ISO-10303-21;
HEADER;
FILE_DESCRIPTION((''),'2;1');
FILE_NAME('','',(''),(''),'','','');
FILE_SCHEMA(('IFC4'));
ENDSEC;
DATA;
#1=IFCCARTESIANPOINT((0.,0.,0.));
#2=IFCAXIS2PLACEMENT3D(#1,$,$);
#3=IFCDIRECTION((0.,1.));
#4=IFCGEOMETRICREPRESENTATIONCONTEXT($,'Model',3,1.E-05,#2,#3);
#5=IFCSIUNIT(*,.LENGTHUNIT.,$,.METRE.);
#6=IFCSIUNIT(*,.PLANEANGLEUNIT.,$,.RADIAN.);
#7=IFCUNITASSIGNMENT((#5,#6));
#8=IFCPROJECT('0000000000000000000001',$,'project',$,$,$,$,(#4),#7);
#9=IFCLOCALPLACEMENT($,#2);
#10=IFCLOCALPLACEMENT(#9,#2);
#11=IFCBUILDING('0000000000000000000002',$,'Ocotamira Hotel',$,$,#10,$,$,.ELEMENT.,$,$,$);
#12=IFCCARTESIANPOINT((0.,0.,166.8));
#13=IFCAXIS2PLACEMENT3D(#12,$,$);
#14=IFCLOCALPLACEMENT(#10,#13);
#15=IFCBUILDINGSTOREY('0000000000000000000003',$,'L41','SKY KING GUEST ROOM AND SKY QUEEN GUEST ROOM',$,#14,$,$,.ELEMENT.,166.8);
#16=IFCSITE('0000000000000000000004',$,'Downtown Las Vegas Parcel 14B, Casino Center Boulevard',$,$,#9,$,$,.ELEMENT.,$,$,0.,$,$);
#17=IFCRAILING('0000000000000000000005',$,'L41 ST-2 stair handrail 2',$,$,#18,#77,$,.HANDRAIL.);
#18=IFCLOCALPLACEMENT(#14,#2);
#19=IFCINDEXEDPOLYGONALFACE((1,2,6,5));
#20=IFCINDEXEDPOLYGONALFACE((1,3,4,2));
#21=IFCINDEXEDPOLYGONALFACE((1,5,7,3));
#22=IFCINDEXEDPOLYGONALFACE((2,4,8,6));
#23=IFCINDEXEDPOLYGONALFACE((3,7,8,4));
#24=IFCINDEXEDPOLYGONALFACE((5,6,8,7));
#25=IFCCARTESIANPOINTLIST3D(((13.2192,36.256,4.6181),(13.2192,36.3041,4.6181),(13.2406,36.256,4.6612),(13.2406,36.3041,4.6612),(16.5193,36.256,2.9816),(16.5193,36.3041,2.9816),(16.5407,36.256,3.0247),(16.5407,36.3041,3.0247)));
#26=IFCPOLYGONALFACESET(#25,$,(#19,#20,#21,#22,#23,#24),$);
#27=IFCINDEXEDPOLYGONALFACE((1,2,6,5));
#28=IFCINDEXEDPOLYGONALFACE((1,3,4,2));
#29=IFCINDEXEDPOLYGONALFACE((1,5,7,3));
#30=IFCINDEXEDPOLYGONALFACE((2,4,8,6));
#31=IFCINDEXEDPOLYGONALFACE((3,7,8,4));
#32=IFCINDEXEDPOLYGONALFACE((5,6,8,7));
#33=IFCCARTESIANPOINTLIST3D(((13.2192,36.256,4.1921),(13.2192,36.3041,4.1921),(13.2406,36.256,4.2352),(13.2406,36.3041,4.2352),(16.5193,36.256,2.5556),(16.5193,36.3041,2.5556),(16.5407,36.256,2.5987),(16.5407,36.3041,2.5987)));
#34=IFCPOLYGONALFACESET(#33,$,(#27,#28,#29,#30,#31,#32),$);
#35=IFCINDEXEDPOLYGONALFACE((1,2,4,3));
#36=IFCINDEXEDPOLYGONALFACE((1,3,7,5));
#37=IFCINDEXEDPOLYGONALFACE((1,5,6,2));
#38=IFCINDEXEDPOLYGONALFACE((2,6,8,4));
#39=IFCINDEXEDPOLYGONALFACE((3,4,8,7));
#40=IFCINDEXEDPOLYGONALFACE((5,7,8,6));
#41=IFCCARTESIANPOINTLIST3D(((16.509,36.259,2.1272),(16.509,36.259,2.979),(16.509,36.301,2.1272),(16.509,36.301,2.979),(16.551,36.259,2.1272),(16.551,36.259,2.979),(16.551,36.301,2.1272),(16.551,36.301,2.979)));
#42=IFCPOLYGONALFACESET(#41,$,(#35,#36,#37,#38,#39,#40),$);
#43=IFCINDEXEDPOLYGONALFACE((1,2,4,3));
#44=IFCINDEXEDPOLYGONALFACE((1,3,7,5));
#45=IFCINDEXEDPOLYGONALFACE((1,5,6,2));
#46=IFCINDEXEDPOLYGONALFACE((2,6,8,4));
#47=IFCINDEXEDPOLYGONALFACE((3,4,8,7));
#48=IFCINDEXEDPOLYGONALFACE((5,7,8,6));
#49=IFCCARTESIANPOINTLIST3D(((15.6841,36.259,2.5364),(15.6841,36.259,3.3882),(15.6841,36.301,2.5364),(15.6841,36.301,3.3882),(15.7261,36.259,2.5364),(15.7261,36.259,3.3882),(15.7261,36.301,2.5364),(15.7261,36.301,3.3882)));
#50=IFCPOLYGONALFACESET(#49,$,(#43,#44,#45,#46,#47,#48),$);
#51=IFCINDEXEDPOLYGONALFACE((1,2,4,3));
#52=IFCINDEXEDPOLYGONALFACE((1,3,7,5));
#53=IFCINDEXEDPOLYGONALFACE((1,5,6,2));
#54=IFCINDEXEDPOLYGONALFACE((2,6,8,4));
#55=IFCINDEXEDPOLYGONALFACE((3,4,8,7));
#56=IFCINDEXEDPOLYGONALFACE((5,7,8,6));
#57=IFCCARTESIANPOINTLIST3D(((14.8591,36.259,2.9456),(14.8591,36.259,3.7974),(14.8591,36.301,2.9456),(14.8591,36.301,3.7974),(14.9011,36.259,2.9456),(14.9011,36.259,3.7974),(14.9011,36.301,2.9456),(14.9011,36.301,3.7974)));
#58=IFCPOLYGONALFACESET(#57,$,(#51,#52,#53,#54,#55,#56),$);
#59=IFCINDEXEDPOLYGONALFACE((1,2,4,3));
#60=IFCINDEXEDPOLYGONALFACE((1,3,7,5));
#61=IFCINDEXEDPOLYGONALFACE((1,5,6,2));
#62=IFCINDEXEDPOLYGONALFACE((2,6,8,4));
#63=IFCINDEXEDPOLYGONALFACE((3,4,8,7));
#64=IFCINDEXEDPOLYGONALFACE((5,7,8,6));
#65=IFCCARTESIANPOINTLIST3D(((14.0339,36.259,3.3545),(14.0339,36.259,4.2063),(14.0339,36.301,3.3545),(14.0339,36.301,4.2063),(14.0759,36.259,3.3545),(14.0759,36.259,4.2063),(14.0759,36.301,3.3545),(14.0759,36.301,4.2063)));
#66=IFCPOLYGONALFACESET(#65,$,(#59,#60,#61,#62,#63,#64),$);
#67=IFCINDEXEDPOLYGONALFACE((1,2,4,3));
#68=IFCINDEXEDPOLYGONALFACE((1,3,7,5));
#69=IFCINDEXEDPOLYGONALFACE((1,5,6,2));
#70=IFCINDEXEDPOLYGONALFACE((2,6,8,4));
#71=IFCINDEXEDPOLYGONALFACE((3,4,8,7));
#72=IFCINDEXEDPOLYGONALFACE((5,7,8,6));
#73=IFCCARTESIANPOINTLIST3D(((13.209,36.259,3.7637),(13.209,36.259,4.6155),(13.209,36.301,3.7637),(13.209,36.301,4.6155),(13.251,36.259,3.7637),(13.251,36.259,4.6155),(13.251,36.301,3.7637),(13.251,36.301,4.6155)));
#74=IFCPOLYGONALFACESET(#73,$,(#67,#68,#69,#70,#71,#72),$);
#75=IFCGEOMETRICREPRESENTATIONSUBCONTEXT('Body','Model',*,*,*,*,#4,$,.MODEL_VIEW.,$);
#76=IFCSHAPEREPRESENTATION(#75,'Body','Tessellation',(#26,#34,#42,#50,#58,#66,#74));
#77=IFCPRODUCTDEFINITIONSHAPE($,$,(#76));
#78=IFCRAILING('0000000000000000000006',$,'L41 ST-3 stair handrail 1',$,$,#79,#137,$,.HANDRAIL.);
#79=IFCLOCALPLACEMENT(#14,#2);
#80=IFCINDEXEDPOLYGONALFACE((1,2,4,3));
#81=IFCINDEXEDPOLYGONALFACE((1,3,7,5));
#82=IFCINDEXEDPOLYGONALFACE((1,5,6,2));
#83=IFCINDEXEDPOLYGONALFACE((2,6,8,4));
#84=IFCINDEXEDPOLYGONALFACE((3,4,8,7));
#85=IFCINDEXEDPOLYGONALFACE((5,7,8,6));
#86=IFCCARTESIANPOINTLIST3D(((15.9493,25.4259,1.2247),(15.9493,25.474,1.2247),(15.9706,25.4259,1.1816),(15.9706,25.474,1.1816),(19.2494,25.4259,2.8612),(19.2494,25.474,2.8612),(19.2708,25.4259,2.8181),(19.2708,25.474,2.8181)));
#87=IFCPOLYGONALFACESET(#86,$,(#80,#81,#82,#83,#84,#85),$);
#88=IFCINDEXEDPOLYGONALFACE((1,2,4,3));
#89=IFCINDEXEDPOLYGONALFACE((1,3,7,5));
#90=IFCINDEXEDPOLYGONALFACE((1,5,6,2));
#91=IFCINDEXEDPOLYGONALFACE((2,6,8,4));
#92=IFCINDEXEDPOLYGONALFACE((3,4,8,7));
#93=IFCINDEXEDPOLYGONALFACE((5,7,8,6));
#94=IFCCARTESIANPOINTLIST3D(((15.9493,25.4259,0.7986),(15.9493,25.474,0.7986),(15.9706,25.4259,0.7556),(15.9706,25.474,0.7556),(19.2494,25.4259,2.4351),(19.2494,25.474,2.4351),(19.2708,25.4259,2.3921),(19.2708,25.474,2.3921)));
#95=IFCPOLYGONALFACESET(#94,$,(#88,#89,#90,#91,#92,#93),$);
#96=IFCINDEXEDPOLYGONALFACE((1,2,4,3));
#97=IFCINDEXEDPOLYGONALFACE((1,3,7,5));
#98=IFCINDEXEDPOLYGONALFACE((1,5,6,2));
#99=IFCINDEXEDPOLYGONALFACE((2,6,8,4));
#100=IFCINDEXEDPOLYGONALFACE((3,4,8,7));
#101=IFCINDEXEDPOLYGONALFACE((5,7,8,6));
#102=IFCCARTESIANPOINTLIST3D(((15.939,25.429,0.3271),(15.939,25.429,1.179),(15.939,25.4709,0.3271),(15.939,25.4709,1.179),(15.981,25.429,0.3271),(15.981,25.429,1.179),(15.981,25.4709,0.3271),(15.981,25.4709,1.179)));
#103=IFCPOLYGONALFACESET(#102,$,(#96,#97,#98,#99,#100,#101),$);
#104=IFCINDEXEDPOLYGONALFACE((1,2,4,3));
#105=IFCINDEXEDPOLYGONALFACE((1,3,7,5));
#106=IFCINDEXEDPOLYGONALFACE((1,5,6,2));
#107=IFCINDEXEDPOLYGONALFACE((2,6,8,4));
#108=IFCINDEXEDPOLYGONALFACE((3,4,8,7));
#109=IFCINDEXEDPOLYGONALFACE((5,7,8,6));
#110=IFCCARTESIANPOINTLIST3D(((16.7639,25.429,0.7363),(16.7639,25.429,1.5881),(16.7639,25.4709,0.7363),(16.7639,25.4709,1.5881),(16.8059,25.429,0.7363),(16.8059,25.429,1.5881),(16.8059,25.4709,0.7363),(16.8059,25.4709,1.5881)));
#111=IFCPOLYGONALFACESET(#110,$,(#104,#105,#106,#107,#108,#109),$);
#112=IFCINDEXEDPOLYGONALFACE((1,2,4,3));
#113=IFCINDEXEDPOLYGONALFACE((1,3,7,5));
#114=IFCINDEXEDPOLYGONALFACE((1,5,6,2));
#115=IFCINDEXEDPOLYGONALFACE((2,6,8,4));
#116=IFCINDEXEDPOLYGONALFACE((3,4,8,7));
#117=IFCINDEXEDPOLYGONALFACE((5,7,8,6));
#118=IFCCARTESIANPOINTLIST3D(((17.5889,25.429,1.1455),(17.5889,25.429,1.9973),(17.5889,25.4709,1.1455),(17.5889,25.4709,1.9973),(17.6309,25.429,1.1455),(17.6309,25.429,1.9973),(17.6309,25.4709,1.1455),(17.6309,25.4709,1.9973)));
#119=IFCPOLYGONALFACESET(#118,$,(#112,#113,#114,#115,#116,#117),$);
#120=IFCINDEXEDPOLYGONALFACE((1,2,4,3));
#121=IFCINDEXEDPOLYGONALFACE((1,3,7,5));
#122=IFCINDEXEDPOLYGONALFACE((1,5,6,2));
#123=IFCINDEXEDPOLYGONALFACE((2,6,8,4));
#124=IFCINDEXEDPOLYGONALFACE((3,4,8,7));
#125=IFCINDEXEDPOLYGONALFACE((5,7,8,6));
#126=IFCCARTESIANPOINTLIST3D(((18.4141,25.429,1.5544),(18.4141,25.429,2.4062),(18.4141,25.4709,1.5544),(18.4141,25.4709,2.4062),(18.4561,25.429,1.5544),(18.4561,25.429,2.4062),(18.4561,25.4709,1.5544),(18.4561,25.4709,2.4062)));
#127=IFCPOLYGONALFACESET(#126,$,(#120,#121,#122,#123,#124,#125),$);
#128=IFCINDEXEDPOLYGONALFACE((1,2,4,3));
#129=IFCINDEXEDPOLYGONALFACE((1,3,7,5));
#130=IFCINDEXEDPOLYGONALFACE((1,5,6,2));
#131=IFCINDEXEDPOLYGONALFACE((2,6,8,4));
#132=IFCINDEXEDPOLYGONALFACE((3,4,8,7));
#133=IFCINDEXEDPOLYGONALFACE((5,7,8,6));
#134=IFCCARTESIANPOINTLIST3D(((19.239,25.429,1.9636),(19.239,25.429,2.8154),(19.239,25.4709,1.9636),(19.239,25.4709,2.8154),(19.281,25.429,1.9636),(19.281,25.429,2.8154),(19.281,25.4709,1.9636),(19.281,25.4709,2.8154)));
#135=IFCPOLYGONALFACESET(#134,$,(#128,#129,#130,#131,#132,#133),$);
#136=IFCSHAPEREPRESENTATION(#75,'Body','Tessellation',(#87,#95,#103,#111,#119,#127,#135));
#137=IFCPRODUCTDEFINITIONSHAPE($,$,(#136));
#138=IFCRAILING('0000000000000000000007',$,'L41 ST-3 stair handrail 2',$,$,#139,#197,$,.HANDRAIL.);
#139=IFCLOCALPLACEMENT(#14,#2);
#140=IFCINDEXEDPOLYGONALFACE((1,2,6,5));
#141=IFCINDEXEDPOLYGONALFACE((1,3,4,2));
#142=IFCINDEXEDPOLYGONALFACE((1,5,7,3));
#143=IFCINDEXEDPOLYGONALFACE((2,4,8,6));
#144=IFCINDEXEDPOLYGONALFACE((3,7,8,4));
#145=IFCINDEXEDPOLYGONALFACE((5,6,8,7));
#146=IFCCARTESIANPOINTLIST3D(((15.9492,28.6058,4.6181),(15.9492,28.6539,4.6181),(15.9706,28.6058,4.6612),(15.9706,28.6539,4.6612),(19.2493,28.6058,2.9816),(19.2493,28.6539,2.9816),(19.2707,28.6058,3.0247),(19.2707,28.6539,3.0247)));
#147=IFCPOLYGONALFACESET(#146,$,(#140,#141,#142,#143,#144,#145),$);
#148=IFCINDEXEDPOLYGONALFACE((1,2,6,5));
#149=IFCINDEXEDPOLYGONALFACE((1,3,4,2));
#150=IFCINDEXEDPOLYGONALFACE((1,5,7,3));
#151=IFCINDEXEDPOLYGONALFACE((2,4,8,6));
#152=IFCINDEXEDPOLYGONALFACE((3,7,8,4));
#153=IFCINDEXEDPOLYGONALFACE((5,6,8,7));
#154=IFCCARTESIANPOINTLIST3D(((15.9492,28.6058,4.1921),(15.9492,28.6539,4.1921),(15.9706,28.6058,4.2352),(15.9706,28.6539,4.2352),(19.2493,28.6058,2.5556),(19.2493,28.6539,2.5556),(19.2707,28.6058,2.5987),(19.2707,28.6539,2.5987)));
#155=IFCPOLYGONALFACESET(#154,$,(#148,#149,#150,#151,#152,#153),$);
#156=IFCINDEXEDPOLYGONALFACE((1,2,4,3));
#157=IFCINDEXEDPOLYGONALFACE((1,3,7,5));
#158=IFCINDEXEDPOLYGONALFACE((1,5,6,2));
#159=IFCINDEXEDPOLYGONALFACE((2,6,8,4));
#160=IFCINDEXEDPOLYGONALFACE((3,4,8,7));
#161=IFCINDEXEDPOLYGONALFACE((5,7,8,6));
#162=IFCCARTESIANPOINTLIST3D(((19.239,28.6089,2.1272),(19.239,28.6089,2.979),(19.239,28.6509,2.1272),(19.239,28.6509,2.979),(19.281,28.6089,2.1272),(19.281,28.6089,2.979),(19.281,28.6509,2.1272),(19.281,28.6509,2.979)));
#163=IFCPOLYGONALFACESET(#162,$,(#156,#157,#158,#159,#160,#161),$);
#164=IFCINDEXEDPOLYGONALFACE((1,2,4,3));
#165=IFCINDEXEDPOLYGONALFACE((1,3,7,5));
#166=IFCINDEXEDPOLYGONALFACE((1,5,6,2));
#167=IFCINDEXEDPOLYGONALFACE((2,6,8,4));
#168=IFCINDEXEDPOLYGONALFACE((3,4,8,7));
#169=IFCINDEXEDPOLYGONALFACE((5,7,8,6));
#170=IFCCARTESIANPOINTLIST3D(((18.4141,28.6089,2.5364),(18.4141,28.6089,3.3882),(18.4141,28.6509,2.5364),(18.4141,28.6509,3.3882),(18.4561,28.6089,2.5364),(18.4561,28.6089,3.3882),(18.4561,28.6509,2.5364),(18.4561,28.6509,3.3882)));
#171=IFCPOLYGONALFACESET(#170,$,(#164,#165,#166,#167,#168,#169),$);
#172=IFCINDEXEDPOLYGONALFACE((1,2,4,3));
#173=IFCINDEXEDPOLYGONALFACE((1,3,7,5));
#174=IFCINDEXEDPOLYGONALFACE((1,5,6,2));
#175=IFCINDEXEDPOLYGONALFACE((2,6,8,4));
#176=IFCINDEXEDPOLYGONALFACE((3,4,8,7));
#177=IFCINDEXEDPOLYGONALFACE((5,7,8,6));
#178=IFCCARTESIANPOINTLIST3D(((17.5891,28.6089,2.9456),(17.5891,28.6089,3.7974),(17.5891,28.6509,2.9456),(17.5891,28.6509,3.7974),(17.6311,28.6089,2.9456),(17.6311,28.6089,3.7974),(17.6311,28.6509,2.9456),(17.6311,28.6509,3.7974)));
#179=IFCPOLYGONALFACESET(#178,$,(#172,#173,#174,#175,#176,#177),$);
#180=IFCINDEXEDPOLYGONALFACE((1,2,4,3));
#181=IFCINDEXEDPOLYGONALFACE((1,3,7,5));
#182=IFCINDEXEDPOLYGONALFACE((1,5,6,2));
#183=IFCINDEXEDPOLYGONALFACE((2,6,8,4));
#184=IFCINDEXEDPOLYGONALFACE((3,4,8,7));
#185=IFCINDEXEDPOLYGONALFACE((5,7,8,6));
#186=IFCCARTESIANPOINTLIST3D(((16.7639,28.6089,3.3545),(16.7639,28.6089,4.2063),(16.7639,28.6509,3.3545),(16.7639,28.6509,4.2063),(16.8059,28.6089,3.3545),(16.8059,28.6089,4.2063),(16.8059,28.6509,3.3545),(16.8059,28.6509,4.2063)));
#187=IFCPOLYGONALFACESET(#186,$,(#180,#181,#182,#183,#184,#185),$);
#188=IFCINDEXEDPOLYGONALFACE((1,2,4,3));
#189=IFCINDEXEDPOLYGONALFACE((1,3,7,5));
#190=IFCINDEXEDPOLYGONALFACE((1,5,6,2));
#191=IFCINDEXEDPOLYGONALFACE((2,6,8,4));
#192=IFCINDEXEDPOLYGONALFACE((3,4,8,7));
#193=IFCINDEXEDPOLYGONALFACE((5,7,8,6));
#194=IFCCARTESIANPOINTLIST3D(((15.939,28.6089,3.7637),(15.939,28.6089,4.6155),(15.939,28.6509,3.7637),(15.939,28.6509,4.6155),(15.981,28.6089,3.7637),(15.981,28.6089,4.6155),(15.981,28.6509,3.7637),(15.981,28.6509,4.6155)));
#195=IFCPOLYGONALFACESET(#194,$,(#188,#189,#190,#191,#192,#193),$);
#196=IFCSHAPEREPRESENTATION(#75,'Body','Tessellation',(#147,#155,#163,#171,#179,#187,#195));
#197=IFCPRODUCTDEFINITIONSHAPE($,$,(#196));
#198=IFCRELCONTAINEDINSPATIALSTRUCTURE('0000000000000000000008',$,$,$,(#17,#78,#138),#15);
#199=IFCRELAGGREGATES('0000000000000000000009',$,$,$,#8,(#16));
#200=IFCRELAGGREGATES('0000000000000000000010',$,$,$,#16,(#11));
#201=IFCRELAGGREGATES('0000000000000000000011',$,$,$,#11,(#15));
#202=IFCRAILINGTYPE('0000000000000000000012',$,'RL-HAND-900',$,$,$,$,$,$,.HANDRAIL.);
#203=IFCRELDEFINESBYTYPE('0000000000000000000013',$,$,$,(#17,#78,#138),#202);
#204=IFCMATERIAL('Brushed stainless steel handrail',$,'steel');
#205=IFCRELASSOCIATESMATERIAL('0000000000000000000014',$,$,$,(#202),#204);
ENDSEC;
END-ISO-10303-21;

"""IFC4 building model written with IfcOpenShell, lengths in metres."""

from ifc_helpers import new_model, si_unit, direction, frame, origin, origin_2d, place, context, subcontext, project, spatial, rectangle, extrude, material, type_object, element, save


model = new_model("IFC4")

# Units and contexts
model_context = context("Model", 3, precision=1e-05, world=origin(), true_north=direction((0.0, 1.0)))
body_context = subcontext(model_context, "Body", "Model", "MODEL_VIEW")
ifc_project = project(units=[si_unit("LENGTHUNIT", "METRE"), si_unit("PLANEANGLEUNIT", "RADIAN")], contexts=[model_context])

# Site, building, storey
site_placement = place(None, origin())
site = spatial("IfcSite", under=ifc_project, at=site_placement, Name="Downtown Las Vegas Parcel 14B, Casino Center Boulevard", CompositionType="ELEMENT", RefElevation=0.0)
building_placement = place(site_placement, origin())
building = spatial("IfcBuilding", under=site, at=building_placement, Name="Ocotamira Hotel", CompositionType="ELEMENT")
storey_placement = place(building_placement, frame((0.0, 0.0, 166.8)))
storey = spatial("IfcBuildingStorey", under=building, at=storey_placement, Name="L41", Description="SKY KING GUEST ROOM AND SKY QUEEN GUEST ROOM", CompositionType="ELEMENT", Elevation=166.8)

# Railings
ifc_material_1 = material(Name="Brushed stainless steel handrail", Category="steel")
railing_type_1 = type_object("IfcRailingType", Name="RL-HAND-900", PredefinedType="HANDRAIL", material=ifc_material_1)
railing_1_placement = place(storey_placement, frame((16.53, 36.28, 2.1272)))
element("IfcRailing", 1, at=railing_1_placement, inside=storey, type_object=railing_type_1, Name="L41 ST-2 stair handrail 2", PredefinedType="HANDRAIL", context=body_context, shape_type="SweptSolid", body=[
    extrude(rectangle(XDim=0.0481, YDim=0.0481, at=origin_2d()), frame((0.0, 0.0, 0.876), z_axis=(-0.895894, 0.0, 0.444268), x_axis=(0.0, -1.0, 0.0)), (0.0, 0.0, 1.0), 3.6836),
    extrude(rectangle(XDim=0.0481, YDim=0.0481, at=origin_2d()), frame((0.0, 0.0, 0.45), z_axis=(-0.895894, 0.0, 0.444268), x_axis=(0.0, -1.0, 0.0)), (0.0, 0.0, 1.0), 3.6836),
    extrude(rectangle(XDim=0.042, YDim=0.042, at=origin_2d()), origin(), (0.0, 0.0, 1.0), 0.8518),
    extrude(rectangle(XDim=0.042, YDim=0.042, at=origin_2d()), frame((-0.825, 0.0, 0.4092)), (0.0, 0.0, 1.0), 0.8518),
    extrude(rectangle(XDim=0.042, YDim=0.042, at=origin_2d()), frame((-1.6499, 0.0, 0.8184)), (0.0, 0.0, 1.0), 0.8518),
    extrude(rectangle(XDim=0.042, YDim=0.042, at=origin_2d()), frame((-2.4751, 0.0, 1.2273)), (0.0, 0.0, 1.0), 0.8518),
    extrude(rectangle(XDim=0.042, YDim=0.042, at=origin_2d()), frame((-3.3, 0.0, 1.6365)), (0.0, 0.0, 1.0), 0.8518),
])
railing_2_placement = place(storey_placement, frame((15.96, 25.45, 0.3271)))
element("IfcRailing", 2, at=railing_2_placement, inside=storey, type_object=railing_type_1, Name="L41 ST-3 stair handrail 1", PredefinedType="HANDRAIL", context=body_context, shape_type="SweptSolid", body=[
    extrude(rectangle(XDim=0.0481, YDim=0.0481, at=origin_2d()), frame((0.0, 0.0, 0.876), z_axis=(0.895894, 0.0, 0.444268), x_axis=(0.0, 1.0, 0.0)), (0.0, 0.0, 1.0), 3.6836),
    extrude(rectangle(XDim=0.0481, YDim=0.0481, at=origin_2d()), frame((0.0, 0.0, 0.45), z_axis=(0.895894, 0.0, 0.444268), x_axis=(0.0, 1.0, 0.0)), (0.0, 0.0, 1.0), 3.6836),
    extrude(rectangle(XDim=0.042, YDim=0.042, at=origin_2d()), origin(), (0.0, 0.0, 1.0), 0.8518),
    extrude(rectangle(XDim=0.042, YDim=0.042, at=origin_2d()), frame((0.825, 0.0, 0.4092)), (0.0, 0.0, 1.0), 0.8518),
    extrude(rectangle(XDim=0.042, YDim=0.042, at=origin_2d()), frame((1.6499, 0.0, 0.8184)), (0.0, 0.0, 1.0), 0.8518),
    extrude(rectangle(XDim=0.042, YDim=0.042, at=origin_2d()), frame((2.4751, 0.0, 1.2273)), (0.0, 0.0, 1.0), 0.8518),
    extrude(rectangle(XDim=0.042, YDim=0.042, at=origin_2d()), frame((3.3, 0.0, 1.6365)), (0.0, 0.0, 1.0), 0.8518),
])
railing_3_placement = place(storey_placement, frame((19.26, 28.6299, 2.1272)))
element("IfcRailing", 3, at=railing_3_placement, inside=storey, type_object=railing_type_1, Name="L41 ST-3 stair handrail 2", PredefinedType="HANDRAIL", context=body_context, shape_type="SweptSolid", body=[
    extrude(rectangle(XDim=0.0481, YDim=0.0481, at=origin_2d()), frame((0.0, 0.0, 0.876), z_axis=(-0.895894, 0.0, 0.444268), x_axis=(0.0, -1.0, 0.0)), (0.0, 0.0, 1.0), 3.6836),
    extrude(rectangle(XDim=0.0481, YDim=0.0481, at=origin_2d()), frame((0.0, 0.0, 0.45), z_axis=(-0.895894, 0.0, 0.444268), x_axis=(0.0, -1.0, 0.0)), (0.0, 0.0, 1.0), 3.6836),
    extrude(rectangle(XDim=0.042, YDim=0.042, at=origin_2d()), origin(), (0.0, 0.0, 1.0), 0.8518),
    extrude(rectangle(XDim=0.042, YDim=0.042, at=origin_2d()), frame((-0.825, 0.0, 0.4092)), (0.0, 0.0, 1.0), 0.8518),
    extrude(rectangle(XDim=0.042, YDim=0.042, at=origin_2d()), frame((-1.6499, 0.0, 0.8184)), (0.0, 0.0, 1.0), 0.8518),
    extrude(rectangle(XDim=0.042, YDim=0.042, at=origin_2d()), frame((-2.4751, 0.0, 1.2273)), (0.0, 0.0, 1.0), 0.8518),
    extrude(rectangle(XDim=0.042, YDim=0.042, at=origin_2d()), frame((-3.3, 0.0, 1.6365)), (0.0, 0.0, 1.0), 0.8518),
])

save(model, "model.ifc")
